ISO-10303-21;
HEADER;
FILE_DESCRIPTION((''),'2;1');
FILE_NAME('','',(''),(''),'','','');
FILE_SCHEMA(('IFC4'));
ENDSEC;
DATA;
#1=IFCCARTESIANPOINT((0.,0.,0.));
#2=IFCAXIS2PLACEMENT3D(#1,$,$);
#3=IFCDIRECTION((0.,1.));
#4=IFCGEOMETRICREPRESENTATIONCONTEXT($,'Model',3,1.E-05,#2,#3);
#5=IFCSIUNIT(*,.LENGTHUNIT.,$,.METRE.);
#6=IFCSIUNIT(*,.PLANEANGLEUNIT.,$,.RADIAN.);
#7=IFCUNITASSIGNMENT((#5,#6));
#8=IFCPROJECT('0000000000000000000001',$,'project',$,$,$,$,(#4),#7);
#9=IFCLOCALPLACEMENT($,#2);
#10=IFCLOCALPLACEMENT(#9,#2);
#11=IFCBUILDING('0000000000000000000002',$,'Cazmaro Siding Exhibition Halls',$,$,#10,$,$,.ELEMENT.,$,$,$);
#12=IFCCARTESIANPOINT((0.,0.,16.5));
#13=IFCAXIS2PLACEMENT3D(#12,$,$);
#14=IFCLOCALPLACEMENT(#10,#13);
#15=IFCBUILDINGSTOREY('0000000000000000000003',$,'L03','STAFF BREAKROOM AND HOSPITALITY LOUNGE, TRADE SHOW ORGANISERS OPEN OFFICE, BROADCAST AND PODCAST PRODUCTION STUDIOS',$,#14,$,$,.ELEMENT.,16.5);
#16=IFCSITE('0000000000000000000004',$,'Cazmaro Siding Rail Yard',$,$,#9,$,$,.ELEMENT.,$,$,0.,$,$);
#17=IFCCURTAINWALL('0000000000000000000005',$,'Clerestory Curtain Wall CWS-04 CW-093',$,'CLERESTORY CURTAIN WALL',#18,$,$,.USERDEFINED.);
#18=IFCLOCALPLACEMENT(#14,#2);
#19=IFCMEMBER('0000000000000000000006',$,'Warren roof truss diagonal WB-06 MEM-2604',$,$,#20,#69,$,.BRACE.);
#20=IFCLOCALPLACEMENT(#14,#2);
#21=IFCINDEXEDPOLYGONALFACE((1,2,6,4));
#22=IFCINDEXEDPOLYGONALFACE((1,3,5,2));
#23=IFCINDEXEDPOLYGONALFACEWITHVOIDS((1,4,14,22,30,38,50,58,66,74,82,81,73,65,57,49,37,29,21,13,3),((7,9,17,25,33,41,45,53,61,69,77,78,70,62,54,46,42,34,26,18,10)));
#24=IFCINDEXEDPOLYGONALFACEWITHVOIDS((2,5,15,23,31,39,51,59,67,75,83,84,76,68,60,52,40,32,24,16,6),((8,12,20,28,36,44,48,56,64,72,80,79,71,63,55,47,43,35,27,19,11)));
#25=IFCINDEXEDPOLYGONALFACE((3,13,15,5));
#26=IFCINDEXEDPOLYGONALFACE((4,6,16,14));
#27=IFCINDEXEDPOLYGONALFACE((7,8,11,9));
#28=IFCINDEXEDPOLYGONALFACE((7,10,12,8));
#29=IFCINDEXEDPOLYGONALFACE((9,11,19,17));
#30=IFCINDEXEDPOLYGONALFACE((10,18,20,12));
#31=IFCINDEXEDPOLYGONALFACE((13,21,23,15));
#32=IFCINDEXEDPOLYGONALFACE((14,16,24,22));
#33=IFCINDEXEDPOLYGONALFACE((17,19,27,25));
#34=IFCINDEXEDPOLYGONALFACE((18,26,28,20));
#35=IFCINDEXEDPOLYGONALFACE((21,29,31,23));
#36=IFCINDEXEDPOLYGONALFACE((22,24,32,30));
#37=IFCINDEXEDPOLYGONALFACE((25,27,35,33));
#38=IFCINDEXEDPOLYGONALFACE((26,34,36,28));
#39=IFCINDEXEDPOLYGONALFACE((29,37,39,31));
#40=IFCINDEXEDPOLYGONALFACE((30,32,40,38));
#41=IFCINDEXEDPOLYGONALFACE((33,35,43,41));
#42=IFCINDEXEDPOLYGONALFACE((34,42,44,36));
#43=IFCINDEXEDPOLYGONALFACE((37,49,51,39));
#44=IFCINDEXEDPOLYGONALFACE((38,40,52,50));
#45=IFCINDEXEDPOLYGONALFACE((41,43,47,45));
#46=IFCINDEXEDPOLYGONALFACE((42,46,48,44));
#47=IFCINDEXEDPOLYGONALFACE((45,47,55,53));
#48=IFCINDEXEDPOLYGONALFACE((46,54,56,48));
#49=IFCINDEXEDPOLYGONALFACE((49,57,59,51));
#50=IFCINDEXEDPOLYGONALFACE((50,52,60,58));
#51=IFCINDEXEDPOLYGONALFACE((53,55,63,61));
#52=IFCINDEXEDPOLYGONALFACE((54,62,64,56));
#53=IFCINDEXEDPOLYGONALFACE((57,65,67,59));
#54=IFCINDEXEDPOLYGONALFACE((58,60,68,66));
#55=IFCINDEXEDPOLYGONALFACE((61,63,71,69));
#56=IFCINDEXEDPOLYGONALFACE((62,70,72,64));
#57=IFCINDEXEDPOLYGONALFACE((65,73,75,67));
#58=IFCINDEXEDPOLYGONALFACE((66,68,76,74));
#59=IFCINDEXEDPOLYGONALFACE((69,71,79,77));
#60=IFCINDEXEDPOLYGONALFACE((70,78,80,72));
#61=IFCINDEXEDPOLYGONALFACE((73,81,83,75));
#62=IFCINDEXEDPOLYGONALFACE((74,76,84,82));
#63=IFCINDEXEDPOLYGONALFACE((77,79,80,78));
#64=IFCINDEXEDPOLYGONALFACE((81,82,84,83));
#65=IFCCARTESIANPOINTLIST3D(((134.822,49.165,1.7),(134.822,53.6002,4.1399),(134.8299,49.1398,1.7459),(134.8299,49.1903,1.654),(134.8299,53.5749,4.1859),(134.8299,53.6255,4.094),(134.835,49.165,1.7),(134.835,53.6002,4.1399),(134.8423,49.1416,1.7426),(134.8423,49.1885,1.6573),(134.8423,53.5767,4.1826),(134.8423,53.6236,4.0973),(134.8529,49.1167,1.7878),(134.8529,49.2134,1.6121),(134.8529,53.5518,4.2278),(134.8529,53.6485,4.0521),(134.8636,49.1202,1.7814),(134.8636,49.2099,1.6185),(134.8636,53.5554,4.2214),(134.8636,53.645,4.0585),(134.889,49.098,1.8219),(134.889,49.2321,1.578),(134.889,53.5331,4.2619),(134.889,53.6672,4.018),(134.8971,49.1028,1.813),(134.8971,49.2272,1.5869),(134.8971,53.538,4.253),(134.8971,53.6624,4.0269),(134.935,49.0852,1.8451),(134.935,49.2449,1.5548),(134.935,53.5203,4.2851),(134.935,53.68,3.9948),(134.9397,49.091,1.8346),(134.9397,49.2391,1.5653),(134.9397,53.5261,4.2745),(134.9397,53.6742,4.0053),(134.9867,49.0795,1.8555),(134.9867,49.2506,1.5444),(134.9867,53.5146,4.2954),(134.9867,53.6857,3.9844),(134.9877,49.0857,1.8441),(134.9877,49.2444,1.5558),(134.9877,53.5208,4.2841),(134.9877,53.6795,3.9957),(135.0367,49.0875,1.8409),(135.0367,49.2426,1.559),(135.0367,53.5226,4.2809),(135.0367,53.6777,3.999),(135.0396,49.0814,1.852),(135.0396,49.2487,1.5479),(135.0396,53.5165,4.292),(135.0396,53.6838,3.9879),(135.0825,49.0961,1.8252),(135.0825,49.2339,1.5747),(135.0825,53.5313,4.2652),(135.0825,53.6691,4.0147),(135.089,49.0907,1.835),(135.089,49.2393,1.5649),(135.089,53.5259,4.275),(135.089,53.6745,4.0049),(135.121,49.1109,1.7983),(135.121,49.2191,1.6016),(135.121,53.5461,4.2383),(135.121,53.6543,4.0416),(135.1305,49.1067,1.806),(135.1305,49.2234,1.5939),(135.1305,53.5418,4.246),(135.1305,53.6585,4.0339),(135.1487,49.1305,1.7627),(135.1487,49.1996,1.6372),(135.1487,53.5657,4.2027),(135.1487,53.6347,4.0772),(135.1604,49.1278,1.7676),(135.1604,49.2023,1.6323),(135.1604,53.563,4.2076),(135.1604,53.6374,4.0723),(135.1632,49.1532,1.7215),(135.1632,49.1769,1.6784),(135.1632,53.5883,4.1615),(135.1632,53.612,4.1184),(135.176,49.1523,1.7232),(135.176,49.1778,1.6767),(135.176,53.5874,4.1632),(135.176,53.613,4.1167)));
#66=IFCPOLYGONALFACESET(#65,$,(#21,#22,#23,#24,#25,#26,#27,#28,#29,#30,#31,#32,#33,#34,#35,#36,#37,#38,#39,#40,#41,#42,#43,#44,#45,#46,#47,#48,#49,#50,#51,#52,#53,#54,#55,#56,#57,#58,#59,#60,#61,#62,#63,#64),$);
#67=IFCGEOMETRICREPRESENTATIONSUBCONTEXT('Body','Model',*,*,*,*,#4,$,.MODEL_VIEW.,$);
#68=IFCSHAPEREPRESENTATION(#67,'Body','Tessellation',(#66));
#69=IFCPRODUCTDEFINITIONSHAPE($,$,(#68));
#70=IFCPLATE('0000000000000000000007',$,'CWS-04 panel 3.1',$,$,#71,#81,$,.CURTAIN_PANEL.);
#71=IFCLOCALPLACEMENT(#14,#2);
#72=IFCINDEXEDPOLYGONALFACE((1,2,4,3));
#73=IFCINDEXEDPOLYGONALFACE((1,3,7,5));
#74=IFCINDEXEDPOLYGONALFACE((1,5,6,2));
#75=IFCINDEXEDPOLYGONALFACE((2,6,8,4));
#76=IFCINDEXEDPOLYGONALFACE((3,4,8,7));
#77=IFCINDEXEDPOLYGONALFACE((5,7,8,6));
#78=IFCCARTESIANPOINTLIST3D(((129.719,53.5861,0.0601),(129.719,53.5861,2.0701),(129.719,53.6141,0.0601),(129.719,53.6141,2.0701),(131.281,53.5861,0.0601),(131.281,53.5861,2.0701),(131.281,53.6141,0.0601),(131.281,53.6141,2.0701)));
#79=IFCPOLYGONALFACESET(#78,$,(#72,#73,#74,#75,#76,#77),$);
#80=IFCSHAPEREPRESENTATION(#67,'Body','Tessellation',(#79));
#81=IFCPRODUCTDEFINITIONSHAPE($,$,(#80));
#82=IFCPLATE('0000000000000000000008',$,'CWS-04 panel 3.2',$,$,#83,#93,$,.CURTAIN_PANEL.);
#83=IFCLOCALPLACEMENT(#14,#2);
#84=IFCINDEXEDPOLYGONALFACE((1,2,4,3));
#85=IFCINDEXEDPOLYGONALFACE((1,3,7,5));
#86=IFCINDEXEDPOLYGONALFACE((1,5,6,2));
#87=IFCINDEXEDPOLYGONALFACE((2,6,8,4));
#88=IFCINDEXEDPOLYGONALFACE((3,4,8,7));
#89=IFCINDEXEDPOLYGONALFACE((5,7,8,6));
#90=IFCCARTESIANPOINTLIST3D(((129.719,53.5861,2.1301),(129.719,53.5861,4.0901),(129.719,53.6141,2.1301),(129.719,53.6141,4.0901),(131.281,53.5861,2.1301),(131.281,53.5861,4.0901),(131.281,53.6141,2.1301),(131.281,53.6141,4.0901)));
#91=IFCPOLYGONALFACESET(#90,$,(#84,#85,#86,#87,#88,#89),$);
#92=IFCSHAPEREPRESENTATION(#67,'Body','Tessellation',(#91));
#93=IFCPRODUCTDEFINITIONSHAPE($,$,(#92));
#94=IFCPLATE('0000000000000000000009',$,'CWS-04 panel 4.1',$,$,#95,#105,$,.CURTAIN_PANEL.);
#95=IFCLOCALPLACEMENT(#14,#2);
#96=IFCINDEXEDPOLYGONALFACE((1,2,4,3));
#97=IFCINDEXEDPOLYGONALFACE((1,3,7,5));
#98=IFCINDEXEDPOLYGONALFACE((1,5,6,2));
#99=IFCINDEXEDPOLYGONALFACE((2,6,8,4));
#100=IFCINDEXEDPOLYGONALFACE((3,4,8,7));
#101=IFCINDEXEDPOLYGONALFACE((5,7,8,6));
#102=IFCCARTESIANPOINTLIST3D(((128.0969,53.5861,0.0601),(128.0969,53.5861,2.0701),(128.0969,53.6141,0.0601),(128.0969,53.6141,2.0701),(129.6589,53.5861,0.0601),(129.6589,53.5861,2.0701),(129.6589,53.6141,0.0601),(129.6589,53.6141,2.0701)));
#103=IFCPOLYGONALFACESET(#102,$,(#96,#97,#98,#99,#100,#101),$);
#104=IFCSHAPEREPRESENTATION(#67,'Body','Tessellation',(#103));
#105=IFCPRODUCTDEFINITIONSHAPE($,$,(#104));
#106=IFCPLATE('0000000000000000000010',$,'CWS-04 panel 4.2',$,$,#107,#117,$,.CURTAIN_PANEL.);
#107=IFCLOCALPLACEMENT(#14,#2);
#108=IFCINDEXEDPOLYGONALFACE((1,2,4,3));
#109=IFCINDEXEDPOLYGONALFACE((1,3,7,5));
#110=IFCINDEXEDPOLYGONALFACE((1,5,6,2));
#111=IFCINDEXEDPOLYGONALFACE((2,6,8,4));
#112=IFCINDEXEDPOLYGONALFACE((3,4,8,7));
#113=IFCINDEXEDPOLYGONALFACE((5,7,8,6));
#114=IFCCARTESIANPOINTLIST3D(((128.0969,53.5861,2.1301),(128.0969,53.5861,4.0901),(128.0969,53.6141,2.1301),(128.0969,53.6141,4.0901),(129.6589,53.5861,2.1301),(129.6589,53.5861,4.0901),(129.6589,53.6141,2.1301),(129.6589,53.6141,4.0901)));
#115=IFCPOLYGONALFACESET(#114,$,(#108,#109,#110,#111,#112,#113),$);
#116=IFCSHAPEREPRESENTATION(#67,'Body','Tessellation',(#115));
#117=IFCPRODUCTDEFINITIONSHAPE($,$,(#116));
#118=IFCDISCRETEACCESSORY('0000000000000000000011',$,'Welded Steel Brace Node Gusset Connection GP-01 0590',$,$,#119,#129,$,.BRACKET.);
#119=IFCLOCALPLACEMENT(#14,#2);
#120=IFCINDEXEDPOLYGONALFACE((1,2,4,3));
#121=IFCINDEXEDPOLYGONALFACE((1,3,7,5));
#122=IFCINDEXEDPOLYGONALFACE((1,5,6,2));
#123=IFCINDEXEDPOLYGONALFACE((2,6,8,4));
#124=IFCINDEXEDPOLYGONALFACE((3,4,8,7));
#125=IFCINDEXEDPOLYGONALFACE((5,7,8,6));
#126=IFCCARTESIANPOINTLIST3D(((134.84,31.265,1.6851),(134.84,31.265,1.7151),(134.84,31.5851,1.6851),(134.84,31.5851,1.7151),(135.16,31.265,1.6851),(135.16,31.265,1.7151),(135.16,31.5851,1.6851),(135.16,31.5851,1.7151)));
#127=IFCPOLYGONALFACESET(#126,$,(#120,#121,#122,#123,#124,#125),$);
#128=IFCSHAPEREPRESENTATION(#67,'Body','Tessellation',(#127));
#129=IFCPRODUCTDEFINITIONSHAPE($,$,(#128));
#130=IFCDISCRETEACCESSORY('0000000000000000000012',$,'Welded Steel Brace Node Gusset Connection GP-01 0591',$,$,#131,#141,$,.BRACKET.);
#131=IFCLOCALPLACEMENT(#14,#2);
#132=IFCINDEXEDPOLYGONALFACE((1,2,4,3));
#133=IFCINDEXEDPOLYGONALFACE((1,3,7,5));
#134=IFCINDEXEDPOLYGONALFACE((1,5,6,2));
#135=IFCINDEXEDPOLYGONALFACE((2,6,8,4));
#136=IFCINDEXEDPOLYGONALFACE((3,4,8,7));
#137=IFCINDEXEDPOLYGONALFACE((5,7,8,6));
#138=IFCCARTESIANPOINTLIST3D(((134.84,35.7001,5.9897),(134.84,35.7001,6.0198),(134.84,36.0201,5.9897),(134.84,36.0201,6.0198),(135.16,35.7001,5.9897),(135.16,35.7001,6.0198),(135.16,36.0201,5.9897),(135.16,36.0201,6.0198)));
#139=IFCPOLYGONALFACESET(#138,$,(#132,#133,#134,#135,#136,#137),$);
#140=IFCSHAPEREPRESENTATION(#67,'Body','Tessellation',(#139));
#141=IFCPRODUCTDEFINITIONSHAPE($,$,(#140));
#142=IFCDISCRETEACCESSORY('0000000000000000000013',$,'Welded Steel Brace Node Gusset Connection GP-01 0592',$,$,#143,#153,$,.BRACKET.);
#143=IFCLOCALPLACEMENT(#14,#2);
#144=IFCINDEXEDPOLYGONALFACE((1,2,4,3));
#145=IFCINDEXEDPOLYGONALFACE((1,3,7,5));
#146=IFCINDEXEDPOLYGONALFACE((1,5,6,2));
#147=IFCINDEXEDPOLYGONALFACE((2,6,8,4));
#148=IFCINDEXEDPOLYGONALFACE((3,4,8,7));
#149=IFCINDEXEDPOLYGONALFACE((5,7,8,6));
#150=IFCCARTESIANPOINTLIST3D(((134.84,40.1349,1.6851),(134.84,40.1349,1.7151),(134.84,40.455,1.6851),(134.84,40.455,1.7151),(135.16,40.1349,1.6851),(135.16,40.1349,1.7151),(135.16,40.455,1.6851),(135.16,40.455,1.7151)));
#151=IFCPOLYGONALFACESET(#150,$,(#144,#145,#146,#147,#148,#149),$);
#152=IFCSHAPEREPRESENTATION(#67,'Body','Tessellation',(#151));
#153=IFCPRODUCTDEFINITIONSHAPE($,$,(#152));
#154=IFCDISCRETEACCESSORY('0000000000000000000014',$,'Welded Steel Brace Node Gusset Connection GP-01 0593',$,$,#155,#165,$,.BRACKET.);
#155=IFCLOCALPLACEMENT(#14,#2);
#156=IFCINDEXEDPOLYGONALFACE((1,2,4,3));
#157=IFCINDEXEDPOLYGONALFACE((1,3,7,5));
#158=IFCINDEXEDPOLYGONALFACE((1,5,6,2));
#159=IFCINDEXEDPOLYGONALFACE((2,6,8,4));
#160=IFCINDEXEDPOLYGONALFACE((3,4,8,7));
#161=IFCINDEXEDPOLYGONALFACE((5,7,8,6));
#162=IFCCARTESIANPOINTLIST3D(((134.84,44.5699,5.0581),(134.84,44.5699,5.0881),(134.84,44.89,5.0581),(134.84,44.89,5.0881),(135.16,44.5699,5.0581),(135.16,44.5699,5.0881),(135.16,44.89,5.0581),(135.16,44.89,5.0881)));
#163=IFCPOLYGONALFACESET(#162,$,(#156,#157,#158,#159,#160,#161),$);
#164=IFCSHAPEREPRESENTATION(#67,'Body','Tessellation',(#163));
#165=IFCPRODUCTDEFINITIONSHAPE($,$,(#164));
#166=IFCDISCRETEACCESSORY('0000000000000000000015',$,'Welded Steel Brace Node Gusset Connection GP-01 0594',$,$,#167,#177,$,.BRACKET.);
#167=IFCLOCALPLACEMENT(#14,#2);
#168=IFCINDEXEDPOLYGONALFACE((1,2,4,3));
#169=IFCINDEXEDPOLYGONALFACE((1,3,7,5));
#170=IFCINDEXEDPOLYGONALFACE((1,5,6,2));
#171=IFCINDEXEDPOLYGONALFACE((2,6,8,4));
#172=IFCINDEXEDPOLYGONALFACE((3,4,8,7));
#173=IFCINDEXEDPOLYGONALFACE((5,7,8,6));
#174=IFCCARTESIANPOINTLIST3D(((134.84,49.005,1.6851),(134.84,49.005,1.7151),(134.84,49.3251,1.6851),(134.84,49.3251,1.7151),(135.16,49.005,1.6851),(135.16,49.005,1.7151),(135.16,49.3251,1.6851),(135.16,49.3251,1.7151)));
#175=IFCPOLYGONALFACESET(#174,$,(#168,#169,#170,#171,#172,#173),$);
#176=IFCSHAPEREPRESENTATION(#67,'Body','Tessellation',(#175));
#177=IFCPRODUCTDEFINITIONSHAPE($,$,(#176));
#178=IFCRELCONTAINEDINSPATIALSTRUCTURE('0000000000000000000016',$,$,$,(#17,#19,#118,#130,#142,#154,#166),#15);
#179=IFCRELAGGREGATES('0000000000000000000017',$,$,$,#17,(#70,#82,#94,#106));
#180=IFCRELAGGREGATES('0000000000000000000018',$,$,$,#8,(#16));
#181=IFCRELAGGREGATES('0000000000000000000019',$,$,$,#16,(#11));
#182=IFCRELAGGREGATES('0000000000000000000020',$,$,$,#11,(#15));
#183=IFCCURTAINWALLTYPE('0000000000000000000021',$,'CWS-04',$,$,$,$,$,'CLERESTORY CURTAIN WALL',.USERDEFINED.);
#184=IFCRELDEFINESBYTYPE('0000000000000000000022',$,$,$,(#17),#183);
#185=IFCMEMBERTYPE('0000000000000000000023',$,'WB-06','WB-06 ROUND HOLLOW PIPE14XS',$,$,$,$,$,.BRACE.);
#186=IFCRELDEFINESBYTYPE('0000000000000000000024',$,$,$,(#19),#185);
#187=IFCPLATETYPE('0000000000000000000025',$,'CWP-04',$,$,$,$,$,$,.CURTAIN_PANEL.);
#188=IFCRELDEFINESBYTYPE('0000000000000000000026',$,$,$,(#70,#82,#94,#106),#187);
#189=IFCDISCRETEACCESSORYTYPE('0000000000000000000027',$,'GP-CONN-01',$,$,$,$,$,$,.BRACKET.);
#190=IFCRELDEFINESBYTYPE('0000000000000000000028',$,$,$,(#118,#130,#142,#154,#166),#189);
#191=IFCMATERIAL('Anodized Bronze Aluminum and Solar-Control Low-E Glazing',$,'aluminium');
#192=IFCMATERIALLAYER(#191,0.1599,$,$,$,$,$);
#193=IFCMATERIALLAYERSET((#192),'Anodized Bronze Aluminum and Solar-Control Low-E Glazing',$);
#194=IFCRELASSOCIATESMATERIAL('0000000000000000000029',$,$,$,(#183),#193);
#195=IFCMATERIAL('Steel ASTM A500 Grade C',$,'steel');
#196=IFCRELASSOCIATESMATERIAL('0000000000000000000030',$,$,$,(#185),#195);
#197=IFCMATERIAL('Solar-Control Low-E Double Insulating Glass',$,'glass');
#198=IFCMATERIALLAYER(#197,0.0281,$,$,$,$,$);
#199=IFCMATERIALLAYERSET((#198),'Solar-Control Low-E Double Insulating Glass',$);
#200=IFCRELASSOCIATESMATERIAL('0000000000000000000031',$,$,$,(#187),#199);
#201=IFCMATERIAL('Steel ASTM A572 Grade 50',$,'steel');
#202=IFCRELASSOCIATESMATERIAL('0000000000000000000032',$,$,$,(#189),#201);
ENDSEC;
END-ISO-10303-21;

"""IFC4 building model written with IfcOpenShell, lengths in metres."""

from ifc_helpers import new_model, si_unit, direction, frame, origin, origin_2d, place, context, subcontext, project, spatial, rectangle, hollow_circle, extrude, material, layer, layer_set, material_profile, profile_set, type_object, element, aggregate, save


model = new_model("IFC4")

# Units and contexts
model_context = context("Model", 3, precision=1e-05, world=origin(), true_north=direction((0.0, 1.0)))
body_context = subcontext(model_context, "Body", "Model", "MODEL_VIEW")
ifc_project = project(units=[si_unit("LENGTHUNIT", "METRE"), si_unit("PLANEANGLEUNIT", "RADIAN")], contexts=[model_context])

# Site, building, storey
site_placement = place(None, origin())
site = spatial("IfcSite", under=ifc_project, at=site_placement, Name="Cazmaro Siding Rail Yard", CompositionType="ELEMENT", RefElevation=0.0)
building_placement = place(site_placement, origin())
building = spatial("IfcBuilding", under=site, at=building_placement, Name="Cazmaro Siding Exhibition Halls", CompositionType="ELEMENT")
storey_placement = place(building_placement, frame((0.0, 0.0, 16.5)))
storey = spatial("IfcBuildingStorey", under=building, at=storey_placement, Name="L03", Description="STAFF BREAKROOM AND HOSPITALITY LOUNGE, TRADE SHOW ORGANISERS OPEN OFFICE, BROADCAST AND PODCAST PRODUCTION STUDIOS", CompositionType="ELEMENT", Elevation=16.5)

# Curtain wall
ifc_material_1 = material(Name="Anodized Bronze Aluminum and Solar-Control Low-E Glazing", Category="aluminium")
ifc_layer_1 = layer(ifc_material_1, 0.1599)
ifc_layer_set_1 = layer_set([ifc_layer_1], Name="Anodized Bronze Aluminum and Solar-Control Low-E Glazing")
curtain_wall_type = type_object("IfcCurtainWallType", Name="CWS-04", ElementType="CLERESTORY CURTAIN WALL", PredefinedType="USERDEFINED", material=ifc_layer_set_1)
curtain_wall_placement = place(storey_placement, origin())
curtain_wall = element("IfcCurtainWall", 1, at=curtain_wall_placement, inside=storey, type_object=curtain_wall_type, Name="Clerestory Curtain Wall CWS-04 CW-093", ObjectType="CLERESTORY CURTAIN WALL", PredefinedType="USERDEFINED")

# Member
ifc_material_2 = material(Name="Steel ASTM A500 Grade C", Category="steel")
ifc_material_profile_1 = material_profile(ifc_material_2, hollow_circle(Radius=0.178, WallThickness=0.0129, at=origin_2d()), Name="PIPE14XS")
ifc_profile_set_1 = profile_set([ifc_material_profile_1], Name="Steel ASTM A500 Grade C")
member_type_1 = type_object("IfcMemberType", Name="WB-06", Description="WB-06 ROUND HOLLOW PIPE14XS", PredefinedType="BRACE", material=ifc_profile_set_1)
member_1_placement = place(storey_placement, frame((135.0, 49.165, 1.7), z_axis=(0.0, 0.876161, 0.482019), x_axis=(-1.0, 0.0, 0.0)))
element("IfcMember", 2, at=member_1_placement, inside=storey, type_object=member_type_1, Name="Warren roof truss diagonal WB-06 MEM-2604", PredefinedType="BRACE", context=body_context, shape_type="SweptSolid", body=[
    extrude(hollow_circle(Radius=0.178, WallThickness=0.0129, at=origin_2d()), origin(), (0.0, 0.0, 1.0), 5.062),
])

# Plates
ifc_material_3 = material(Name="Solar-Control Low-E Double Insulating Glass", Category="glass")
ifc_layer_2 = layer(ifc_material_3, 0.0281)
ifc_layer_set_2 = layer_set([ifc_layer_2], Name="Solar-Control Low-E Double Insulating Glass")
plate_type = type_object("IfcPlateType", Name="CWP-04", PredefinedType="CURTAIN_PANEL", material=ifc_layer_set_2)
plate_1_placement = place(storey_placement, frame((130.5, 53.6001, 0.0601), z_axis=(0.0, 0.0, 1.0), x_axis=(-1.0, 0.0, 0.0)))
plate_1 = element("IfcPlate", 3, at=plate_1_placement, type_object=plate_type, Name="CWS-04 panel 3.1", PredefinedType="CURTAIN_PANEL", context=body_context, shape_type="SweptSolid", body=[
    extrude(rectangle(XDim=1.562, YDim=0.0281, at=origin_2d()), origin(), (0.0, 0.0, 1.0), 2.01),
])
plate_2_placement = place(storey_placement, frame((130.5, 53.6001, 2.1301), z_axis=(0.0, 0.0, 1.0), x_axis=(-1.0, 0.0, 0.0)))
plate_2 = element("IfcPlate", 4, at=plate_2_placement, type_object=plate_type, Name="CWS-04 panel 3.2", PredefinedType="CURTAIN_PANEL", context=body_context, shape_type="SweptSolid", body=[
    extrude(rectangle(XDim=1.562, YDim=0.0281, at=origin_2d()), origin(), (0.0, 0.0, 1.0), 1.96),
])
plate_3_placement = place(storey_placement, frame((128.8779, 53.6001, 0.0601), z_axis=(0.0, 0.0, 1.0), x_axis=(-1.0, 0.0, 0.0)))
plate_3 = element("IfcPlate", 5, at=plate_3_placement, type_object=plate_type, Name="CWS-04 panel 4.1", PredefinedType="CURTAIN_PANEL", context=body_context, shape_type="SweptSolid", body=[
    extrude(rectangle(XDim=1.562, YDim=0.0281, at=origin_2d()), origin(), (0.0, 0.0, 1.0), 2.01),
])
plate_4_placement = place(storey_placement, frame((128.8779, 53.6001, 2.1301), z_axis=(0.0, 0.0, 1.0), x_axis=(-1.0, 0.0, 0.0)))
plate_4 = element("IfcPlate", 6, at=plate_4_placement, type_object=plate_type, Name="CWS-04 panel 4.2", PredefinedType="CURTAIN_PANEL", context=body_context, shape_type="SweptSolid", body=[
    extrude(rectangle(XDim=1.562, YDim=0.0281, at=origin_2d()), origin(), (0.0, 0.0, 1.0), 1.96),
])
aggregate(curtain_wall, [plate_1, plate_2, plate_3, plate_4])

# Discrete accessories
ifc_material_4 = material(Name="Steel ASTM A572 Grade 50", Category="steel")
discrete_accessory_type = type_object("IfcDiscreteAccessoryType", Name="GP-CONN-01", PredefinedType="BRACKET", material=ifc_material_4)
for number, where, z_axis, x_axis, name in (
    (7, (135.0, 31.425, 1.6851), (0.0, 0.0, 1.0), (1.0, 0.0, 0.0), "Welded Steel Brace Node Gusset Connection GP-01 0590"),
    (8, (135.0, 35.8601, 5.9897), (0.0, 0.0, 1.0), (1.0, 0.0, 0.0), "Welded Steel Brace Node Gusset Connection GP-01 0591"),
    (9, (135.0, 40.2949, 1.6851), (0.0, 0.0, 1.0), (1.0, 0.0, 0.0), "Welded Steel Brace Node Gusset Connection GP-01 0592"),
    (10, (135.0, 44.73, 5.0581), (0.0, 0.0, 1.0), (1.0, 0.0, 0.0), "Welded Steel Brace Node Gusset Connection GP-01 0593"),
    (11, (135.0, 49.165, 1.6851), (0.0, 0.0, 1.0), (1.0, 0.0, 0.0), "Welded Steel Brace Node Gusset Connection GP-01 0594"),
):
    element("IfcDiscreteAccessory", number, at=place(storey_placement, frame(where, z_axis=z_axis, x_axis=x_axis)), inside=storey, type_object=discrete_accessory_type, Name=name, PredefinedType="BRACKET", context=body_context, shape_type="SweptSolid", body=[
        extrude(rectangle(XDim=0.3201, YDim=0.3201, at=origin_2d()), origin(), (0.0, 0.0, 1.0), 0.03),
    ])

save(model, "model.ifc")
